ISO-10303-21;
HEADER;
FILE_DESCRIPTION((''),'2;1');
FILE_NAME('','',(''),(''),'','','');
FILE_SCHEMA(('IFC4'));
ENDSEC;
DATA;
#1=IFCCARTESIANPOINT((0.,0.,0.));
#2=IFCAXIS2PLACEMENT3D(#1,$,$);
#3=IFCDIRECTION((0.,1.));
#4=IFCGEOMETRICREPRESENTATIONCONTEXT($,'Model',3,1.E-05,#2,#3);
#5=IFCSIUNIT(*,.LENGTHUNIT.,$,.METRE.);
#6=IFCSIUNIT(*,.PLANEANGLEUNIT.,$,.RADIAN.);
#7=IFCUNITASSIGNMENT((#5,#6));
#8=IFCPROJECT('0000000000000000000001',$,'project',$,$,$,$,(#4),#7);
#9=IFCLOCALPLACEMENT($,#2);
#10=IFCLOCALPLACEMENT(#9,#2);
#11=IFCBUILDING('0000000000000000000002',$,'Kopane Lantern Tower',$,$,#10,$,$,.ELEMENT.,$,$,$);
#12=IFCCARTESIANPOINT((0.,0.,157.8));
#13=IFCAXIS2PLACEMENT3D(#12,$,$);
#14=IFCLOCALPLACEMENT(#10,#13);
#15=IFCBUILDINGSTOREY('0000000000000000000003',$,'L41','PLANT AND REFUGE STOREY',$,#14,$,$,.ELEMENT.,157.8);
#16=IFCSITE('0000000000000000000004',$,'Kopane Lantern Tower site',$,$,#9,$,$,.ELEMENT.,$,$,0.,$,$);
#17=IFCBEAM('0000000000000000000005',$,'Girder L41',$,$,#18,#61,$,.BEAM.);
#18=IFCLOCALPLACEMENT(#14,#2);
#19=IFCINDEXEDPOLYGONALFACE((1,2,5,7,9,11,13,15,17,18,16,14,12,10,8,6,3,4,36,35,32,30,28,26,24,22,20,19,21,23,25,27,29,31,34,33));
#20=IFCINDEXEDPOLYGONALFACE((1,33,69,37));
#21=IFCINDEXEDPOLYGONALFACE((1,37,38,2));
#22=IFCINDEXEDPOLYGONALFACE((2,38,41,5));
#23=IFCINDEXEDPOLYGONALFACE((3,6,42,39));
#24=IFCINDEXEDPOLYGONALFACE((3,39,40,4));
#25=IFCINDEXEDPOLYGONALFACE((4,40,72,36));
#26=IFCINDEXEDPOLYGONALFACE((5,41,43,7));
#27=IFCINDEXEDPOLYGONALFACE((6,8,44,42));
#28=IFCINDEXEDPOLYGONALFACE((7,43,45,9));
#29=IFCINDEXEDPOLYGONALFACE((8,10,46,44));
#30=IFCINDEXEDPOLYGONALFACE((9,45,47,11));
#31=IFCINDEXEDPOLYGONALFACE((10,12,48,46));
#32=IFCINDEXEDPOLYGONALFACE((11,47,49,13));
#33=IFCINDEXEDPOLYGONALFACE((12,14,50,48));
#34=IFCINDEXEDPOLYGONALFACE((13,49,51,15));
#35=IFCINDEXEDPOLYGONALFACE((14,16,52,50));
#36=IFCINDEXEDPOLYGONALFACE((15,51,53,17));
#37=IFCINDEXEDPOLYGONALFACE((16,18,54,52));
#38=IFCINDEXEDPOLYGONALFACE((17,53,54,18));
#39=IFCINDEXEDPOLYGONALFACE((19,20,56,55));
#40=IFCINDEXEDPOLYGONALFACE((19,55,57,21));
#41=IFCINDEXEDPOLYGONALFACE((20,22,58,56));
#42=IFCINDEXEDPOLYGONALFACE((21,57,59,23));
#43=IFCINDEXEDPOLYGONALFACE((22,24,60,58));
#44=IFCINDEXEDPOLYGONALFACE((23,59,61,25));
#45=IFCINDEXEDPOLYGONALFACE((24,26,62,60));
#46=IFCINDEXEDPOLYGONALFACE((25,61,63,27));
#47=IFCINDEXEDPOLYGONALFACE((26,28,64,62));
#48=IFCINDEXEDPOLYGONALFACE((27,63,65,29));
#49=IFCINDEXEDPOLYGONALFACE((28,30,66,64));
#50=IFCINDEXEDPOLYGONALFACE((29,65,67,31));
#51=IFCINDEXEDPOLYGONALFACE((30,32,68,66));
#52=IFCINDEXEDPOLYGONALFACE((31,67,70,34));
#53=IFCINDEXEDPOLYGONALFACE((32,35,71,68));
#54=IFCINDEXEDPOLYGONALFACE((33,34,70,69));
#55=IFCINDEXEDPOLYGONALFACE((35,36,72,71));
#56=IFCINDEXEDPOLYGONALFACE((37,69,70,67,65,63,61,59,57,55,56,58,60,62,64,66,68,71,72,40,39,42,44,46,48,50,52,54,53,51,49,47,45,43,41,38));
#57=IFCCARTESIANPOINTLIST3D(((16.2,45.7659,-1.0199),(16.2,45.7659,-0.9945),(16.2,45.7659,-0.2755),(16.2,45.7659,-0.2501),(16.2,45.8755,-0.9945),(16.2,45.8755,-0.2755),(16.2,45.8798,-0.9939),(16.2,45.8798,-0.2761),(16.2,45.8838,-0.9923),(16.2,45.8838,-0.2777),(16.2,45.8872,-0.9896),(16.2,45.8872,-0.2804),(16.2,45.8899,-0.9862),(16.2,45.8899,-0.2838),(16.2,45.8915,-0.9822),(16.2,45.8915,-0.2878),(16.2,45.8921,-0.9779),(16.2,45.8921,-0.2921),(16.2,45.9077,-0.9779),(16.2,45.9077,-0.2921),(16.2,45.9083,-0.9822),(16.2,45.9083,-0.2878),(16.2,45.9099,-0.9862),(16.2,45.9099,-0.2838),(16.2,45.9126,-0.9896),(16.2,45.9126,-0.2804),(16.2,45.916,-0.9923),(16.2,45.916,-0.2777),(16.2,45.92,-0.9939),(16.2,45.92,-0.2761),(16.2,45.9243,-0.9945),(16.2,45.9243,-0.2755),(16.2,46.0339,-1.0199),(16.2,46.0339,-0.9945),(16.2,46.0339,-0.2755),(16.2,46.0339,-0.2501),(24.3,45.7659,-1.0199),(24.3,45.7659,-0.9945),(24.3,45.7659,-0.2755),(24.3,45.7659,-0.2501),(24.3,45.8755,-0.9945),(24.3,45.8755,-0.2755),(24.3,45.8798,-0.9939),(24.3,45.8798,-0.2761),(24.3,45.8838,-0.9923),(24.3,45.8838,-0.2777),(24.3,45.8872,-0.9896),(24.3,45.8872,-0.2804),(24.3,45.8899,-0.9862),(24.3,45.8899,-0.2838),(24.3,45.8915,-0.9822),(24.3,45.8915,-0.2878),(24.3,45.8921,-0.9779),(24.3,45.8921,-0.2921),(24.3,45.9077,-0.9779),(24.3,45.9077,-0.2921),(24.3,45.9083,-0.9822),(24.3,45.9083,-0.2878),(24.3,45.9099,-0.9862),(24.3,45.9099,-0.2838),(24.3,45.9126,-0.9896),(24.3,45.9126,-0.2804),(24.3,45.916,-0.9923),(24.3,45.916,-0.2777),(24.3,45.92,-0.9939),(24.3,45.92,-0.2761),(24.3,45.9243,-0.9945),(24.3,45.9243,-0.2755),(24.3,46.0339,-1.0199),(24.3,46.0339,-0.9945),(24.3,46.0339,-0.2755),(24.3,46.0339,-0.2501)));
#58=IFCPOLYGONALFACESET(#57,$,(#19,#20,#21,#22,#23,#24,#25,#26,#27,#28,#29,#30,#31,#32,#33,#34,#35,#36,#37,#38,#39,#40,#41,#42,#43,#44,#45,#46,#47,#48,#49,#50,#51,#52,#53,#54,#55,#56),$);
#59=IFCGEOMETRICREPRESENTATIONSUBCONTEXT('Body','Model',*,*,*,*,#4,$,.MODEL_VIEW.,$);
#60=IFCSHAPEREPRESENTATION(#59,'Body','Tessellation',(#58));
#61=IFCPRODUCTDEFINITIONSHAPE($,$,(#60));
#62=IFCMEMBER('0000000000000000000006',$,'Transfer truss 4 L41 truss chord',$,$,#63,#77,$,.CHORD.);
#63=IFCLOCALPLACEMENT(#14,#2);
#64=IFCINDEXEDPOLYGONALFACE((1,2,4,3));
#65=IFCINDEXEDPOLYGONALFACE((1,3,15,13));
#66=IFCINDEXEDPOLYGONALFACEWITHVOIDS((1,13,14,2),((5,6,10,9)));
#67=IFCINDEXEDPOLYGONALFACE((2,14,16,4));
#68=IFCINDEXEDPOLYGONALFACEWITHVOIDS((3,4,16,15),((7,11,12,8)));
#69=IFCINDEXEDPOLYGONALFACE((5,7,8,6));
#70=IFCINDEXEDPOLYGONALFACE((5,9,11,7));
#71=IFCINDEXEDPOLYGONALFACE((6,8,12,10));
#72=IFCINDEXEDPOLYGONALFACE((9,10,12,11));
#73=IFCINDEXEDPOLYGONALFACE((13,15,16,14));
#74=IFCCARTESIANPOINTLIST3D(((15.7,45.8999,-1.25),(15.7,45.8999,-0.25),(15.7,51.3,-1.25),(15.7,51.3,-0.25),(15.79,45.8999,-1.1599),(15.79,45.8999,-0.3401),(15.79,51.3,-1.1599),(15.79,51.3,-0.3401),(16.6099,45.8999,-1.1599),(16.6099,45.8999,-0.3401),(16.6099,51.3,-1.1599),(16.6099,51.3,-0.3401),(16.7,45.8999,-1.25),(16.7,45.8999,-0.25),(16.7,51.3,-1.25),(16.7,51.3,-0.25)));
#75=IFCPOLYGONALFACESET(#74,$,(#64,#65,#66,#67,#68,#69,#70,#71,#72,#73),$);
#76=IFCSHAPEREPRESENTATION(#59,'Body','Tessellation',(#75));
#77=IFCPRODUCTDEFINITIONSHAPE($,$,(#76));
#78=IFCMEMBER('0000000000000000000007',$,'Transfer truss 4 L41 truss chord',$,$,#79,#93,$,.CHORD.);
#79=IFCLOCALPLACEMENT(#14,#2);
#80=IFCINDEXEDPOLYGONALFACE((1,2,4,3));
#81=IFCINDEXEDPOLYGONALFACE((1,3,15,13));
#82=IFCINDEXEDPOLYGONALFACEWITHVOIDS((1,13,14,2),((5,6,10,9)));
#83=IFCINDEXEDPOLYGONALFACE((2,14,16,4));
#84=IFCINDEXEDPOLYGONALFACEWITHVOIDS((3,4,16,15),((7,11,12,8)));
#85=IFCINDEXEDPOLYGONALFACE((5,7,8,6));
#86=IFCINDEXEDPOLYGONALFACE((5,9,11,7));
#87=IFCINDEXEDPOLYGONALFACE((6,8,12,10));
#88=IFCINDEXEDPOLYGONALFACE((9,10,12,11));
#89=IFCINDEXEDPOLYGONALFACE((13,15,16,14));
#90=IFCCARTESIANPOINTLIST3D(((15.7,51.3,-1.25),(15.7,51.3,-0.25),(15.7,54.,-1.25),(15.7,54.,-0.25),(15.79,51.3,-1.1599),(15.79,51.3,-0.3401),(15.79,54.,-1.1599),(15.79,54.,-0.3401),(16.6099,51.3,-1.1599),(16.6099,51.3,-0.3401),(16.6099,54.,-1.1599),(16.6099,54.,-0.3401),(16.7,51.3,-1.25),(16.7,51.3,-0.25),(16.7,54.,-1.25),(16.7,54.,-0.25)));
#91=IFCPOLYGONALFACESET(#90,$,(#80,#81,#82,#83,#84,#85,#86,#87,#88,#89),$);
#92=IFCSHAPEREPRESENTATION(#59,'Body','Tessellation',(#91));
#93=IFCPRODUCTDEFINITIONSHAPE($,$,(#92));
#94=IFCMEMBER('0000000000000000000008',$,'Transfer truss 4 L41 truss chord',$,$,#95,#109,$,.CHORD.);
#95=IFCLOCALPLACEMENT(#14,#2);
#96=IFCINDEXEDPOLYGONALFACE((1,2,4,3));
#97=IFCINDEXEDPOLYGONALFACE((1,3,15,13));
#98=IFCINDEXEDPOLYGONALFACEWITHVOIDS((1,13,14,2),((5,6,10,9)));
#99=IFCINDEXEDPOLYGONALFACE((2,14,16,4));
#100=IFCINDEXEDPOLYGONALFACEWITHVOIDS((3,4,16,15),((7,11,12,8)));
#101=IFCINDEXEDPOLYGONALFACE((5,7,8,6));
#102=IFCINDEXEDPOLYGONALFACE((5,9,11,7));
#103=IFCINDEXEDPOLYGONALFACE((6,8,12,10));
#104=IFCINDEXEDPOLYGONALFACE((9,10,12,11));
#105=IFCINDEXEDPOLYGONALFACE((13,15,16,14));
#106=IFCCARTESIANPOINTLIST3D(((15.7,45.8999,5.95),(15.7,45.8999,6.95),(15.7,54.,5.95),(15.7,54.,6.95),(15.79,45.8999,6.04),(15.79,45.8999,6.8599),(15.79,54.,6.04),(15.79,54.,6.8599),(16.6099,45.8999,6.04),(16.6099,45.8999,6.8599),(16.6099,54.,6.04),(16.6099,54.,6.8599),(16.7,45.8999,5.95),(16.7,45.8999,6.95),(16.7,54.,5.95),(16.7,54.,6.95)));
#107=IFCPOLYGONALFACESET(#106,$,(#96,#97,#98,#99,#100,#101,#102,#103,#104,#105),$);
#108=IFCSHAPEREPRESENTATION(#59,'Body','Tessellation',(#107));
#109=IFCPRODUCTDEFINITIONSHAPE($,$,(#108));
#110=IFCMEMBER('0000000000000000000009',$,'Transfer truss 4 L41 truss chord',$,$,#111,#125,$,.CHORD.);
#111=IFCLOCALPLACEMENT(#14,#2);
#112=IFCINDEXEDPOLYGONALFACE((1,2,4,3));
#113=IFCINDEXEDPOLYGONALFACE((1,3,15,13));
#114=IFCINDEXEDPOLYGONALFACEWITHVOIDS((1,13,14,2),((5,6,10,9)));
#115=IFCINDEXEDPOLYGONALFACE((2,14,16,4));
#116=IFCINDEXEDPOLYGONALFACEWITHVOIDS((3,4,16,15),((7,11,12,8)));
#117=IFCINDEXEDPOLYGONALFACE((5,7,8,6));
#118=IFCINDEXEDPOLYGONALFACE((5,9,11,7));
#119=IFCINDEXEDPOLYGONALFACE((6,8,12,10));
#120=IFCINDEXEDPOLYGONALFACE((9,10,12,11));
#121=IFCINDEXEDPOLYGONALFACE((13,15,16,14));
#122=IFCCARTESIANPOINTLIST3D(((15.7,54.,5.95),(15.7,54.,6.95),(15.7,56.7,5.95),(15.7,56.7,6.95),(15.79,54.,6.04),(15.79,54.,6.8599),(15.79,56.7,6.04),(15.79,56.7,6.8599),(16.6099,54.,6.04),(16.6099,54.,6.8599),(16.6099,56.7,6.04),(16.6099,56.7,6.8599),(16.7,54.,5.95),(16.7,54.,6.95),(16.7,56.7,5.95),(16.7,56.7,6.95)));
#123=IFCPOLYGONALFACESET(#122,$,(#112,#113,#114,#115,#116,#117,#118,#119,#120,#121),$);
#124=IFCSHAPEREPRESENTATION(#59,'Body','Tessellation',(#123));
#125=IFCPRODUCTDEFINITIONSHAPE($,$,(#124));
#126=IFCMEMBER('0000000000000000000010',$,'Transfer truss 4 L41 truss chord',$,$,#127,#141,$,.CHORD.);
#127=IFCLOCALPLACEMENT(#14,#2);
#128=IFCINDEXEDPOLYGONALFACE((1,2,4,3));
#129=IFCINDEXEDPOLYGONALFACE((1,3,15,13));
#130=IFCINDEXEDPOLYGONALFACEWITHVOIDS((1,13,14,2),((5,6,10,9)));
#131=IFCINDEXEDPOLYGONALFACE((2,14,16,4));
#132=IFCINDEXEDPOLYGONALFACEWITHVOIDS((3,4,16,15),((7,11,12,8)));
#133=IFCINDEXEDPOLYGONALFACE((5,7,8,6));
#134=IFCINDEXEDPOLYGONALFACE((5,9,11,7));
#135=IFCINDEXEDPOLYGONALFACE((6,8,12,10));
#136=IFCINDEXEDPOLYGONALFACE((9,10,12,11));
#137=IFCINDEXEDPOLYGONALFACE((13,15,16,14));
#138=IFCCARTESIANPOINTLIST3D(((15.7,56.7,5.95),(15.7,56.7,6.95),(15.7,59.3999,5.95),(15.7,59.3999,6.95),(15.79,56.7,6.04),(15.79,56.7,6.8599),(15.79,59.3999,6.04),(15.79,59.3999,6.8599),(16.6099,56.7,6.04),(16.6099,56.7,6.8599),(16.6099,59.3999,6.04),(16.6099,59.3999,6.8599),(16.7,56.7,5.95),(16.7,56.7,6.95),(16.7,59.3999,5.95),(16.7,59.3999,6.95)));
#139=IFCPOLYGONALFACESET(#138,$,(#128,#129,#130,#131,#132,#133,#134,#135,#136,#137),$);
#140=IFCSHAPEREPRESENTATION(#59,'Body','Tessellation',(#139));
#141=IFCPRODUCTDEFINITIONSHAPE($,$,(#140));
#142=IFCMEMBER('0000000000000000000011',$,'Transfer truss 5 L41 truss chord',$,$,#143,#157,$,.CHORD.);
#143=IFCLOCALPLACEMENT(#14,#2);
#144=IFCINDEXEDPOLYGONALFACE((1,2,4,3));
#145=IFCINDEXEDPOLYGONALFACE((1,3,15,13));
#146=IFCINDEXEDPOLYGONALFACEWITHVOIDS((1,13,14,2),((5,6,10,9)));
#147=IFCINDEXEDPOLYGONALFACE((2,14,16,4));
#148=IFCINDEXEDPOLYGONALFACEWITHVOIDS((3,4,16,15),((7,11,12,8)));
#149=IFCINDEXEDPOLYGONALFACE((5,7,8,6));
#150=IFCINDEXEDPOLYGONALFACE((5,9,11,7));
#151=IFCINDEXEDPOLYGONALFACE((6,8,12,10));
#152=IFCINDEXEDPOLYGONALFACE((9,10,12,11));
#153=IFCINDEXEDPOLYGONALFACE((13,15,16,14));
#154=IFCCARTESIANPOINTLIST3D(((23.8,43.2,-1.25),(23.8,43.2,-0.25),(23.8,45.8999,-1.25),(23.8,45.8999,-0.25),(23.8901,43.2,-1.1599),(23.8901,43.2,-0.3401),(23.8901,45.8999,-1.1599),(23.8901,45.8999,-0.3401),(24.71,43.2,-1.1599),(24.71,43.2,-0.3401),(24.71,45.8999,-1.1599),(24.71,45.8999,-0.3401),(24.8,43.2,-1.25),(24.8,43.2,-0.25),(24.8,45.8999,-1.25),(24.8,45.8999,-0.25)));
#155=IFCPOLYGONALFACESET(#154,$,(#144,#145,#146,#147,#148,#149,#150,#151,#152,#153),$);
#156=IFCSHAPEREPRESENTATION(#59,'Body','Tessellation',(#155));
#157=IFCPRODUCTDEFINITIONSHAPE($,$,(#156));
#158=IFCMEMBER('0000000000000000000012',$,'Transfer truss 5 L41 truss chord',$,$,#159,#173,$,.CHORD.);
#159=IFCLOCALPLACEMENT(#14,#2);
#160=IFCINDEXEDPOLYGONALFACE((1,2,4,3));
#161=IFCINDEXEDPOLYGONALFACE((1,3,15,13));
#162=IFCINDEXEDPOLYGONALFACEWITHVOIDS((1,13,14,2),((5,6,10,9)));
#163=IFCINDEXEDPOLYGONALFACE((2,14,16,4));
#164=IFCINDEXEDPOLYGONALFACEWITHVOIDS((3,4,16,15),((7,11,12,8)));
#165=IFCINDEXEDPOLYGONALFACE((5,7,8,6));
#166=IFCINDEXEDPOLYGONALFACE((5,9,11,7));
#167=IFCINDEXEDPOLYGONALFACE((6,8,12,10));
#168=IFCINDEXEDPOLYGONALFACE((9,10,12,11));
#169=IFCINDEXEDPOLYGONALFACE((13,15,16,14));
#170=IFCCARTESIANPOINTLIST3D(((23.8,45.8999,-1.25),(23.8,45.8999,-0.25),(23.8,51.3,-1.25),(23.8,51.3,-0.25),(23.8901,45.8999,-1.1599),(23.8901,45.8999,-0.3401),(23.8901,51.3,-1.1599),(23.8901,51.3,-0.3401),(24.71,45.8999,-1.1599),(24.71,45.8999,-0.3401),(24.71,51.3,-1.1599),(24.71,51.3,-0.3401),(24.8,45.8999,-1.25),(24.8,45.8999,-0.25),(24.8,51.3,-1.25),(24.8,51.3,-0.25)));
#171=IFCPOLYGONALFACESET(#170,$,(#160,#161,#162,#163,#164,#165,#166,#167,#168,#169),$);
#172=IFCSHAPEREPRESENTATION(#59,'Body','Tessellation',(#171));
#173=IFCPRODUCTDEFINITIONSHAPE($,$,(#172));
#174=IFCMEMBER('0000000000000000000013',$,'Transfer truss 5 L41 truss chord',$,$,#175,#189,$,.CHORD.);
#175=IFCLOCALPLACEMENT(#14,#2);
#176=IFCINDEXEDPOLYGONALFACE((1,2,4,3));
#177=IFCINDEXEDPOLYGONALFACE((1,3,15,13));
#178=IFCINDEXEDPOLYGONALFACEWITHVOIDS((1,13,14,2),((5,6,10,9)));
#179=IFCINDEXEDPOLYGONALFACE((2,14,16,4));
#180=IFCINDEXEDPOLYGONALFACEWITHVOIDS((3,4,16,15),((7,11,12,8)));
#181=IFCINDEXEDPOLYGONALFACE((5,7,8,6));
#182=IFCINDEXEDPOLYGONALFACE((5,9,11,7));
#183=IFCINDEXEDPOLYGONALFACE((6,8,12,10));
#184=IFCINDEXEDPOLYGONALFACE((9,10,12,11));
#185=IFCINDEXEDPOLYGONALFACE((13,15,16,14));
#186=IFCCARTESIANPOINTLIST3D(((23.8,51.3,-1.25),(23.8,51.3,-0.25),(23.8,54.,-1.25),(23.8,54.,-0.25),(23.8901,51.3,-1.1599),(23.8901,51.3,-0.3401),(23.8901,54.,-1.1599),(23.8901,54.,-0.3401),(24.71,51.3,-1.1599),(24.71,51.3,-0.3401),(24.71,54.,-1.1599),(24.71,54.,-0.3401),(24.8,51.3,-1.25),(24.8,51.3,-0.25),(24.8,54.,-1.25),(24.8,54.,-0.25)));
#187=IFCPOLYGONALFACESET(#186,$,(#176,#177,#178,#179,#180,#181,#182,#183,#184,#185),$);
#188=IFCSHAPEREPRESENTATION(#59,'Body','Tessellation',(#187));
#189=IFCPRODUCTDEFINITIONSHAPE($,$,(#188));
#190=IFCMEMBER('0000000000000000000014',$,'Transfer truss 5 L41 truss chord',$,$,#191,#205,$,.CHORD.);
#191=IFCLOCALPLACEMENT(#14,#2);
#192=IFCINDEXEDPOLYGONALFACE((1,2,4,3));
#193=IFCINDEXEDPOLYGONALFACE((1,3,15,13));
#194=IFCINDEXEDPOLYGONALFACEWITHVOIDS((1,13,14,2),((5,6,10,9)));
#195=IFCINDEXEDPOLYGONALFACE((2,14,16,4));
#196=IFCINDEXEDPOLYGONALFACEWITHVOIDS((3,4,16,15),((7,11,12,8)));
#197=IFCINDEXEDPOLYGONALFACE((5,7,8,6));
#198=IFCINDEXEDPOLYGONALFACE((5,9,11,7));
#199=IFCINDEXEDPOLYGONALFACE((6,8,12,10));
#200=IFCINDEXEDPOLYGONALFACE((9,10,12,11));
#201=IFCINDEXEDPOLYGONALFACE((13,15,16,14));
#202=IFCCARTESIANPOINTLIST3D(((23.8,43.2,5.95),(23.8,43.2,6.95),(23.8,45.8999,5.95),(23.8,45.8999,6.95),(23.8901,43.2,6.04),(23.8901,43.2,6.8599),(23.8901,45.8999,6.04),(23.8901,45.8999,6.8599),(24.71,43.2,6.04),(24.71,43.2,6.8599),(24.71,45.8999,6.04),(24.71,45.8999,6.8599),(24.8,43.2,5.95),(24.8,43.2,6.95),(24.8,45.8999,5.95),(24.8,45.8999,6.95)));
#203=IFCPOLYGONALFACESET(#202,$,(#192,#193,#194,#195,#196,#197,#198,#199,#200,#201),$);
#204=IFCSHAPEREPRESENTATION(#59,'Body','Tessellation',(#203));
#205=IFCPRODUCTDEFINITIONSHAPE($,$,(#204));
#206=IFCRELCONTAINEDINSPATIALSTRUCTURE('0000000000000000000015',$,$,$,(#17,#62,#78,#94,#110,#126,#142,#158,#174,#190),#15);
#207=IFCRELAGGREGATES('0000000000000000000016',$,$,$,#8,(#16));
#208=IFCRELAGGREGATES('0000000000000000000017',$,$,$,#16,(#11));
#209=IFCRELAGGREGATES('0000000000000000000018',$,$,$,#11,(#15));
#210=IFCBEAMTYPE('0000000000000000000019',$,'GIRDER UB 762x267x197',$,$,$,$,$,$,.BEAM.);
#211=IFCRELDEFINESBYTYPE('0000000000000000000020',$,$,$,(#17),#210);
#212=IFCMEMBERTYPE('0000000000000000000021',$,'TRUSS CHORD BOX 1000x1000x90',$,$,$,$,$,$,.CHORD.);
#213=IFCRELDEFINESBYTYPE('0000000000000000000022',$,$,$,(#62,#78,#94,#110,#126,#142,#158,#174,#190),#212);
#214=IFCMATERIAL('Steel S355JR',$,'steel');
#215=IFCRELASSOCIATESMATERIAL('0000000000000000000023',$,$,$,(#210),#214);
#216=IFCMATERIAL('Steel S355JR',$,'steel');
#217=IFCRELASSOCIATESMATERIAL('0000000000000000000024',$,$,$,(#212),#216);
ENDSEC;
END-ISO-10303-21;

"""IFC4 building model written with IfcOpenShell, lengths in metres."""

from ifc_helpers import new_model, si_unit, direction, frame, origin, origin_2d, place, context, subcontext, project, spatial, hollow_rectangle, i_section, extrude, material, material_profile, profile_set, type_object, element, save


model = new_model("IFC4")

# Units and contexts
model_context = context("Model", 3, precision=1e-05, world=origin(), true_north=direction((0.0, 1.0)))
body_context = subcontext(model_context, "Body", "Model", "MODEL_VIEW")
ifc_project = project(units=[si_unit("LENGTHUNIT", "METRE"), si_unit("PLANEANGLEUNIT", "RADIAN")], contexts=[model_context])

# Site, building, storey
site_placement = place(None, origin())
site = spatial("IfcSite", under=ifc_project, at=site_placement, Name="Kopane Lantern Tower site", CompositionType="ELEMENT", RefElevation=0.0)
building_placement = place(site_placement, origin())
building = spatial("IfcBuilding", under=site, at=building_placement, Name="Kopane Lantern Tower", CompositionType="ELEMENT")
storey_placement = place(building_placement, frame((0.0, 0.0, 157.8)))
storey = spatial("IfcBuildingStorey", under=building, at=storey_placement, Name="L41", Description="PLANT AND REFUGE STOREY", CompositionType="ELEMENT", Elevation=157.8)

# Beam
ifc_material_1 = material(Name="Steel S355JR", Category="steel")
ifc_material_profile_1 = material_profile(ifc_material_1, i_section(OverallWidth=0.2681, OverallDepth=0.7698, WebThickness=0.0156, FlangeThickness=0.0254, FilletRadius=0.0166, at=origin_2d()), Name="UB 762x267x197")
ifc_profile_set_1 = profile_set([ifc_material_profile_1], Name="Steel S355JR")
beam_type = type_object("IfcBeamType", Name="GIRDER UB 762x267x197", PredefinedType="BEAM", material=ifc_profile_set_1)
beam_placement = place(storey_placement, frame((16.2, 45.8999, -0.635), z_axis=(1.0, 0.0, 0.0), x_axis=(0.0, 1.0, 0.0)))
element("IfcBeam", 1, at=beam_placement, inside=storey, type_object=beam_type, Name="Girder L41", PredefinedType="BEAM", context=body_context, shape_type="SweptSolid", body=[
    extrude(i_section(OverallWidth=0.2681, OverallDepth=0.7698, WebThickness=0.0156, FlangeThickness=0.0254, FilletRadius=0.0166, at=origin_2d()), origin(), (0.0, 0.0, 1.0), 8.1001),
])

# Members
ifc_material_2 = material(Name="Steel S355JR", Category="steel")
ifc_material_profile_2 = material_profile(ifc_material_2, hollow_rectangle(XDim=1.0, YDim=1.0, WallThickness=0.0901, at=origin_2d()), Name="BOX 1000x1000x90")
ifc_profile_set_2 = profile_set([ifc_material_profile_2], Name="Steel S355JR")
member_type_1 = type_object("IfcMemberType", Name="TRUSS CHORD BOX 1000x1000x90", PredefinedType="CHORD", material=ifc_profile_set_2)
member_1_placement = place(storey_placement, frame((16.2, 45.8999, -0.75), z_axis=(0.0, 1.0, 0.0), x_axis=(-1.0, 0.0, 0.0)))
element("IfcMember", 2, at=member_1_placement, inside=storey, type_object=member_type_1, Name="Transfer truss 4 L41 truss chord", PredefinedType="CHORD", context=body_context, shape_type="SweptSolid", body=[
    extrude(hollow_rectangle(XDim=1.0, YDim=1.0, WallThickness=0.0901, at=origin_2d()), origin(), (0.0, 0.0, 1.0), 5.4001),
])
member_2_placement = place(storey_placement, frame((16.2, 51.3, -0.75), z_axis=(0.0, 1.0, 0.0), x_axis=(-1.0, 0.0, 0.0)))
element("IfcMember", 3, at=member_2_placement, inside=storey, type_object=member_type_1, Name="Transfer truss 4 L41 truss chord", PredefinedType="CHORD", context=body_context, shape_type="SweptSolid", body=[
    extrude(hollow_rectangle(XDim=1.0, YDim=1.0, WallThickness=0.0901, at=origin_2d()), origin(), (0.0, 0.0, 1.0), 2.7),
])
member_3_placement = place(storey_placement, frame((16.2, 45.8999, 6.45), z_axis=(0.0, 1.0, 0.0), x_axis=(-1.0, 0.0, 0.0)))
element("IfcMember", 4, at=member_3_placement, inside=storey, type_object=member_type_1, Name="Transfer truss 4 L41 truss chord", PredefinedType="CHORD", context=body_context, shape_type="SweptSolid", body=[
    extrude(hollow_rectangle(XDim=1.0, YDim=1.0, WallThickness=0.0901, at=origin_2d()), origin(), (0.0, 0.0, 1.0), 8.1001),
])
for number, where, z_axis, x_axis, name in (
    (5, (16.2, 54.0, 6.45), (0.0, 1.0, 0.0), (-1.0, 0.0, 0.0), "Transfer truss 4 L41 truss chord"),
    (6, (16.2, 56.7, 6.45), (0.0, 1.0, 0.0), (-1.0, 0.0, 0.0), "Transfer truss 4 L41 truss chord"),
    (7, (24.3, 43.2, -0.75), (0.0, 1.0, 0.0), (-1.0, 0.0, 0.0), "Transfer truss 5 L41 truss chord"),
):
    element("IfcMember", number, at=place(storey_placement, frame(where, z_axis=z_axis, x_axis=x_axis)), inside=storey, type_object=member_type_1, Name=name, PredefinedType="CHORD", context=body_context, shape_type="SweptSolid", body=[
        extrude(hollow_rectangle(XDim=1.0, YDim=1.0, WallThickness=0.0901, at=origin_2d()), origin(), (0.0, 0.0, 1.0), 2.7),
    ])
member_4_placement = place(storey_placement, frame((24.3, 45.8999, -0.75), z_axis=(0.0, 1.0, 0.0), x_axis=(-1.0, 0.0, 0.0)))
element("IfcMember", 8, at=member_4_placement, inside=storey, type_object=member_type_1, Name="Transfer truss 5 L41 truss chord", PredefinedType="CHORD", context=body_context, shape_type="SweptSolid", body=[
    extrude(hollow_rectangle(XDim=1.0, YDim=1.0, WallThickness=0.0901, at=origin_2d()), origin(), (0.0, 0.0, 1.0), 5.4001),
])
for number, where, z_axis, x_axis, name in (
    (9, (24.3, 51.3, -0.75), (0.0, 1.0, 0.0), (-1.0, 0.0, 0.0), "Transfer truss 5 L41 truss chord"),
    (10, (24.3, 43.2, 6.45), (0.0, 1.0, 0.0), (-1.0, 0.0, 0.0), "Transfer truss 5 L41 truss chord"),
):
    element("IfcMember", number, at=place(storey_placement, frame(where, z_axis=z_axis, x_axis=x_axis)), inside=storey, type_object=member_type_1, Name=name, PredefinedType="CHORD", context=body_context, shape_type="SweptSolid", body=[
        extrude(hollow_rectangle(XDim=1.0, YDim=1.0, WallThickness=0.0901, at=origin_2d()), origin(), (0.0, 0.0, 1.0), 2.7),
    ])

save(model, "model.ifc")
